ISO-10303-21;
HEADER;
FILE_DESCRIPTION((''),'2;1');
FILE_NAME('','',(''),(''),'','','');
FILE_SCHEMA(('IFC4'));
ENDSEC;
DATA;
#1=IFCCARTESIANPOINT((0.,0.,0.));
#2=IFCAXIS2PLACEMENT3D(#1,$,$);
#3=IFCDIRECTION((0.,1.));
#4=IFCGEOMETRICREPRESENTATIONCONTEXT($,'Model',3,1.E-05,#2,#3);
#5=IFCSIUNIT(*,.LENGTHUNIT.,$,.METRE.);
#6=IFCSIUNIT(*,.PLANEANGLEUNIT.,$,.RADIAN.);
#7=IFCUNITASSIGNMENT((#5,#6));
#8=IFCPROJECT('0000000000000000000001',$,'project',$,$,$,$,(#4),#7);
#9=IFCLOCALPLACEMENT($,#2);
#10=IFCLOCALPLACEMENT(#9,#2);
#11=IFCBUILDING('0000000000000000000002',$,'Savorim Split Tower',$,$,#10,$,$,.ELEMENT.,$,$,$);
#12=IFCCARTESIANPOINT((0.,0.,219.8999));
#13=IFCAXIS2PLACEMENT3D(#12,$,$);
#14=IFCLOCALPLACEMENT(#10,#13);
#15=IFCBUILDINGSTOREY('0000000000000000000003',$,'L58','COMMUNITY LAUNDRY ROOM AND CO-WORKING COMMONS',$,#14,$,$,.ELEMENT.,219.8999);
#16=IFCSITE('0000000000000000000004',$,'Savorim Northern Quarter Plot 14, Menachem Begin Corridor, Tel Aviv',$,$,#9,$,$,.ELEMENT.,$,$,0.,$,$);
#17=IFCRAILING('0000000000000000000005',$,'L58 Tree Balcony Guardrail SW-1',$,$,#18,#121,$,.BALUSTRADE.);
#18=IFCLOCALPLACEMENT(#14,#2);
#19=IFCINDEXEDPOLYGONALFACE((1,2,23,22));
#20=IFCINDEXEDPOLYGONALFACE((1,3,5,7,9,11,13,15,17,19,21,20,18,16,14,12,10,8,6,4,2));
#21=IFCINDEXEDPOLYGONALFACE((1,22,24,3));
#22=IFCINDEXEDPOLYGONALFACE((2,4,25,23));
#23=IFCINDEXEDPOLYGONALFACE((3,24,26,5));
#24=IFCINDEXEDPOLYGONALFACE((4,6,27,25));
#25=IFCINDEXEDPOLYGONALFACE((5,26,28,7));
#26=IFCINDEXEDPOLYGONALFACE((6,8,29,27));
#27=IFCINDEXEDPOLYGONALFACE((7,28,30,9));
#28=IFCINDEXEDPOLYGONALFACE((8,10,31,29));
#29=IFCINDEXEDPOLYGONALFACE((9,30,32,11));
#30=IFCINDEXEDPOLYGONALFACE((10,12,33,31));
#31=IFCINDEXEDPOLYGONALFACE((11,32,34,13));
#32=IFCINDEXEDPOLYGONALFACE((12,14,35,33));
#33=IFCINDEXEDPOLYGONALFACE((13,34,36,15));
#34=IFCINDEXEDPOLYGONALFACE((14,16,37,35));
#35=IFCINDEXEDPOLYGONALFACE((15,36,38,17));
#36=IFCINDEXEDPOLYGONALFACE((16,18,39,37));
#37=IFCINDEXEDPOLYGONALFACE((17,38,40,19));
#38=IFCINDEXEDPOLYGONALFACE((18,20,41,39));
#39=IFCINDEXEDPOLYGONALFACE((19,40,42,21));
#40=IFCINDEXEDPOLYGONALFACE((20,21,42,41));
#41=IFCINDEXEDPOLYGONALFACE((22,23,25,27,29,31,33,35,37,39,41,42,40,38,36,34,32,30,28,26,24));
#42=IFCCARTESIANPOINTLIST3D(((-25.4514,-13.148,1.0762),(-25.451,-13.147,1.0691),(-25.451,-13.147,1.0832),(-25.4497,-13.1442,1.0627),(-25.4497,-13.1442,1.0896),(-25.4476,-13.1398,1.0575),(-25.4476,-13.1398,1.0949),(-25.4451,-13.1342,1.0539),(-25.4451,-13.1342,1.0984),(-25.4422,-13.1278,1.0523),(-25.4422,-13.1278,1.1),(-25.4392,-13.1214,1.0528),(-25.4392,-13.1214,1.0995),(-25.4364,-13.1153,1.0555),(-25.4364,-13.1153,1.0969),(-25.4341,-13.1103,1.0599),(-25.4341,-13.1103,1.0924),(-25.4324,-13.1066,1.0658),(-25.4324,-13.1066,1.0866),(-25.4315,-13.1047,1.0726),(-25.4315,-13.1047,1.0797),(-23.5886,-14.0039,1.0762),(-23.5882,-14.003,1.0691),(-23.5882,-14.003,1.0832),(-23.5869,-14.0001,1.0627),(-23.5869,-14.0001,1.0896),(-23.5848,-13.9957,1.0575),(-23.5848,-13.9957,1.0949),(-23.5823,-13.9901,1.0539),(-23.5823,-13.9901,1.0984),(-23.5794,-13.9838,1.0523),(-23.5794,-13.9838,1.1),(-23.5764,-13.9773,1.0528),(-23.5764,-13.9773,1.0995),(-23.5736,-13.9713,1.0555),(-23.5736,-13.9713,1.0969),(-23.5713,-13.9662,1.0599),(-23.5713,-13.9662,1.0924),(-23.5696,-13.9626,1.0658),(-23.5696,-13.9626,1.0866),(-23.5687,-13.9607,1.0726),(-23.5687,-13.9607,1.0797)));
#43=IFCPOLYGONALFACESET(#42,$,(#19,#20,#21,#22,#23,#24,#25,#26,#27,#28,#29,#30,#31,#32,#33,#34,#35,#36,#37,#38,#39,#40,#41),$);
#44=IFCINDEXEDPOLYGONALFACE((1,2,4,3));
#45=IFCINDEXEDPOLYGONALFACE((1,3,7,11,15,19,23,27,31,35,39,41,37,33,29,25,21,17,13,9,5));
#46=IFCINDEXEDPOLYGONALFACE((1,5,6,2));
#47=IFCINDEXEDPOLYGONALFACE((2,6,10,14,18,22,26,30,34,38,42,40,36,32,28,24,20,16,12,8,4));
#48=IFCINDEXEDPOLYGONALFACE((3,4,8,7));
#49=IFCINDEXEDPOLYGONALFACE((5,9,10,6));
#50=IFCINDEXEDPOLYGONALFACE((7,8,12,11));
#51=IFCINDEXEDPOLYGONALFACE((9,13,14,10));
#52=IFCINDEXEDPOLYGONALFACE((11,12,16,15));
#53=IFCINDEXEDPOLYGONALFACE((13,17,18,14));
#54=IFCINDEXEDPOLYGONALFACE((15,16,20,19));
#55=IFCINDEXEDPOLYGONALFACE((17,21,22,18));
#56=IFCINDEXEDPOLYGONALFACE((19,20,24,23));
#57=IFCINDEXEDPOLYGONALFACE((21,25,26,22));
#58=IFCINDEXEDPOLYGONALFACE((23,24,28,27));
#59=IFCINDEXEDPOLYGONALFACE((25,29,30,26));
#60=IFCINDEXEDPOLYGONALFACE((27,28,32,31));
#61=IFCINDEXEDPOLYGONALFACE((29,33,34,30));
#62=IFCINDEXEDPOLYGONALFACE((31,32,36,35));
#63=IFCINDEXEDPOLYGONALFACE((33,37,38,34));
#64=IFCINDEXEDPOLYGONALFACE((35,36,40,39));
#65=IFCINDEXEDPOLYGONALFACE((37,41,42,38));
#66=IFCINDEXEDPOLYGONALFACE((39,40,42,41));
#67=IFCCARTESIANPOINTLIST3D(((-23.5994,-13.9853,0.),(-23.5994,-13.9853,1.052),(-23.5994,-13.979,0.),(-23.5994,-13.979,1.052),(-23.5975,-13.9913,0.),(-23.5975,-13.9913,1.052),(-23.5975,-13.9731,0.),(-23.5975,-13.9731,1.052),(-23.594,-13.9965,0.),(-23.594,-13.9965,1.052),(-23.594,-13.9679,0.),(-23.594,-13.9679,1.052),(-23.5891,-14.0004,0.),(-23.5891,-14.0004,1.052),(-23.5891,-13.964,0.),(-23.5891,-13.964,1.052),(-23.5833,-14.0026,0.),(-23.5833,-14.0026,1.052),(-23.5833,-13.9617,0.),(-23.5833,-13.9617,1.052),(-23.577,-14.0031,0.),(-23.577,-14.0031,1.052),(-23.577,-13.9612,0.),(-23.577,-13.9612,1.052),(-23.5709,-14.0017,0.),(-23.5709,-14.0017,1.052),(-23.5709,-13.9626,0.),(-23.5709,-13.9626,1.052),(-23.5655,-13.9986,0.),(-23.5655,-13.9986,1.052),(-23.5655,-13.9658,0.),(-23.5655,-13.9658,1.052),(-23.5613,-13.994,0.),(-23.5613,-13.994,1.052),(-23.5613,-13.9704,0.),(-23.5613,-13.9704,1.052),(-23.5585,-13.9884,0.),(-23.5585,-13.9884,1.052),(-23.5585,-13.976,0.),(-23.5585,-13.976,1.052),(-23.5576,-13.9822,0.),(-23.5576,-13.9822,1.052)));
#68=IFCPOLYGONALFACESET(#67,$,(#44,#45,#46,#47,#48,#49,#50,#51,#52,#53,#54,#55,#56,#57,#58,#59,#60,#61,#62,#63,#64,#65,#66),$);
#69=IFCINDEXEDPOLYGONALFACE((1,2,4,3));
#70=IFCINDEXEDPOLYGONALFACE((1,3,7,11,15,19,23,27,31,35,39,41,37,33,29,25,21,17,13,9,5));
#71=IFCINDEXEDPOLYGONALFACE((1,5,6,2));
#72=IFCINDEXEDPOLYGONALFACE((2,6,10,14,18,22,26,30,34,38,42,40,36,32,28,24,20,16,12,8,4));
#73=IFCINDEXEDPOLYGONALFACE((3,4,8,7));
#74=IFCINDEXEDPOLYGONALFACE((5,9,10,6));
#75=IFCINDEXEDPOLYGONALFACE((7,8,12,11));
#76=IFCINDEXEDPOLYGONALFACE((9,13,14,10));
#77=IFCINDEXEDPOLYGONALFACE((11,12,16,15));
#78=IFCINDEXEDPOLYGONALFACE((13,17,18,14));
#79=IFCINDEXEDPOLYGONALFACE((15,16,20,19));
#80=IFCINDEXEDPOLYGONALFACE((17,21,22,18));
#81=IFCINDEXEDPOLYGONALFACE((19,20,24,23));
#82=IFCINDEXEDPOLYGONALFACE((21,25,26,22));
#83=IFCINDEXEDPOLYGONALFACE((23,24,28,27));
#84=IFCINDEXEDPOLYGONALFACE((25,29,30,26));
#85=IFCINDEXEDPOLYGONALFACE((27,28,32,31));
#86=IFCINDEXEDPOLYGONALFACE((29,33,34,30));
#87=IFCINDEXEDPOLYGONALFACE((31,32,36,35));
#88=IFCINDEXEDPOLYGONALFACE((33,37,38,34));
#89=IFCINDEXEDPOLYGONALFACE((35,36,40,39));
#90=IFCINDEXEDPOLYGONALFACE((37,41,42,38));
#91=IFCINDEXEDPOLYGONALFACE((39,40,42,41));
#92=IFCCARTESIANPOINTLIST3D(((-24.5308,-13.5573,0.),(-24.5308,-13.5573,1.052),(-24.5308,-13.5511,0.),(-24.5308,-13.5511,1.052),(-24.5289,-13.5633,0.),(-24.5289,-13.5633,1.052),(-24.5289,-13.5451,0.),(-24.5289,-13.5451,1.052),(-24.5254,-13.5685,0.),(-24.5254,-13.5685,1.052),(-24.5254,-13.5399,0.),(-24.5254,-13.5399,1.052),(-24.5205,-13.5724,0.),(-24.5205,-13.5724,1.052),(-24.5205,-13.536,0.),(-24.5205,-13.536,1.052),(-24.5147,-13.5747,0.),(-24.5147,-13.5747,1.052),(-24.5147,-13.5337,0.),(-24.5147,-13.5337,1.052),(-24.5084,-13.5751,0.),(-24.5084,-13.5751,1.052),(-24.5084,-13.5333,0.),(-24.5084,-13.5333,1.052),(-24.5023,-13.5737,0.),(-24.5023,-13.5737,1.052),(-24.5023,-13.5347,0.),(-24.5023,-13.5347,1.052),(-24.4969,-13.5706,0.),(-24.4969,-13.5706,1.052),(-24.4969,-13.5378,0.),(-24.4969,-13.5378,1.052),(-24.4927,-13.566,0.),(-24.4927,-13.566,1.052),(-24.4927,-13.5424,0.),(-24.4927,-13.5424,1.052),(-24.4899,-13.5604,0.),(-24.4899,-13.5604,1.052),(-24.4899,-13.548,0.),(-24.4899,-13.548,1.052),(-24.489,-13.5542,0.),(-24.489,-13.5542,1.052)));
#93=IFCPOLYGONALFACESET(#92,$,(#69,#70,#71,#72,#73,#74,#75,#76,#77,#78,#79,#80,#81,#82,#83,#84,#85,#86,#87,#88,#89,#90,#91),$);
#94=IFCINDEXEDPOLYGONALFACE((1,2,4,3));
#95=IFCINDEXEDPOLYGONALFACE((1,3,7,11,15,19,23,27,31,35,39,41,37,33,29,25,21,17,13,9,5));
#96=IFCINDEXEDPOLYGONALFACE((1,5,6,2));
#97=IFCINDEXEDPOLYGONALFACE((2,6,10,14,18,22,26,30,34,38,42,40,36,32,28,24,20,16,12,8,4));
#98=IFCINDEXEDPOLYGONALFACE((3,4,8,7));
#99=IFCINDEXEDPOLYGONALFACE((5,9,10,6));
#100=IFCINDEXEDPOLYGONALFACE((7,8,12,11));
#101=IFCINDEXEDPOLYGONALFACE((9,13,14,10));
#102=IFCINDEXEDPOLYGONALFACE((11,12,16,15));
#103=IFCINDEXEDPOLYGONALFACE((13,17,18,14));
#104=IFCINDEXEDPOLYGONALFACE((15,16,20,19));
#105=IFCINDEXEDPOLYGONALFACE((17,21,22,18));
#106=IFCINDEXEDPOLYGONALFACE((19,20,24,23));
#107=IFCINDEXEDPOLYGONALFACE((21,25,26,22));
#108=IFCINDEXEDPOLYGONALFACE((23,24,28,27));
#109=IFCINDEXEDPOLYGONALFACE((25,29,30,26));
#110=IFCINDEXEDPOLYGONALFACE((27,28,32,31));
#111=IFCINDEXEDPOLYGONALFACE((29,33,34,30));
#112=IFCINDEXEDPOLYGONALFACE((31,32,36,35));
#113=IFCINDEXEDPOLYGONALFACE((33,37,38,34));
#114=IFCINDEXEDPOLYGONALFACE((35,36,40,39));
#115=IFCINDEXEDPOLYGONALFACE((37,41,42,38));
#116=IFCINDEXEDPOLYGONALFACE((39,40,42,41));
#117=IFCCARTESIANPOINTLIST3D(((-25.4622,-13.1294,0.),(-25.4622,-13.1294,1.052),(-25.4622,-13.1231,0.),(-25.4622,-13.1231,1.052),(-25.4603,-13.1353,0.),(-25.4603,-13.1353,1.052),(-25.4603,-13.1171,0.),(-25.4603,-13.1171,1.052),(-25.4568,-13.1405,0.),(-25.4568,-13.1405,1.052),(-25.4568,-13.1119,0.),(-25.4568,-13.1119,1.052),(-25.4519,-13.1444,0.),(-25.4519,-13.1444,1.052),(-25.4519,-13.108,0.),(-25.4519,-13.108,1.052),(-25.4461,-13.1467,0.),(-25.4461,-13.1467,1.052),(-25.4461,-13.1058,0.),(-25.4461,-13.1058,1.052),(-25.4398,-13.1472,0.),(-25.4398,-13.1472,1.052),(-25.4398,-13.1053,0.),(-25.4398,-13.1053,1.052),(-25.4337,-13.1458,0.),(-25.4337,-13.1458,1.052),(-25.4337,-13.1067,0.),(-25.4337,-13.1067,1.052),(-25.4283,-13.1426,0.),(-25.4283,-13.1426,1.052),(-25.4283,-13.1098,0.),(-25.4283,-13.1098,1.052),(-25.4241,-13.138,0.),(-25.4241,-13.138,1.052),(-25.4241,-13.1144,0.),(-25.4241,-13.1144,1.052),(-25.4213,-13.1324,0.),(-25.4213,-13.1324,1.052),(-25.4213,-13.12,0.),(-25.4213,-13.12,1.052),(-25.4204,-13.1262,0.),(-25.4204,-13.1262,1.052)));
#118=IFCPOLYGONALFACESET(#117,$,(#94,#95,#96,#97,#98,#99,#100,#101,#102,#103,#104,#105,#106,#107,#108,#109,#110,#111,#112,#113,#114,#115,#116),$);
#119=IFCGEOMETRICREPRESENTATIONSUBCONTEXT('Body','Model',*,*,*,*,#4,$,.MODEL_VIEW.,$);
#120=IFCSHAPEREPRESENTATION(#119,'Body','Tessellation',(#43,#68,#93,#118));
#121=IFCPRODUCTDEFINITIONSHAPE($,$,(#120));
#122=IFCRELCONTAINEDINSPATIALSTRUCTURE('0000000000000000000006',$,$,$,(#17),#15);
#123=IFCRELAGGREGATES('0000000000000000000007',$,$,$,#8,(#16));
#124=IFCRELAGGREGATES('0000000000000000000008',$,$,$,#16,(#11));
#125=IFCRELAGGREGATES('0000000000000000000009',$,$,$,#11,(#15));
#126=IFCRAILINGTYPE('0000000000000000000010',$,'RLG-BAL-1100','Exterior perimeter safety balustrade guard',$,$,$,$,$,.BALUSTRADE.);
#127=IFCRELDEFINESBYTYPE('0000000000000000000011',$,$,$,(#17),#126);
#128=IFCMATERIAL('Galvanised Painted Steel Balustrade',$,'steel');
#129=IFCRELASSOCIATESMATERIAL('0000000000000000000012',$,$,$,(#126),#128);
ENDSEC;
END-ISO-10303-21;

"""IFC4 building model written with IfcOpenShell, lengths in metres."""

from ifc_helpers import new_model, si_unit, direction, frame, origin, origin_2d, place, context, subcontext, project, spatial, circle, extrude, material, type_object, element, save


model = new_model("IFC4")

# Units and contexts
model_context = context("Model", 3, precision=1e-05, world=origin(), true_north=direction((0.0, 1.0)))
body_context = subcontext(model_context, "Body", "Model", "MODEL_VIEW")
ifc_project = project(units=[si_unit("LENGTHUNIT", "METRE"), si_unit("PLANEANGLEUNIT", "RADIAN")], contexts=[model_context])

# Site, building, storey
site_placement = place(None, origin())
site = spatial("IfcSite", under=ifc_project, at=site_placement, Name="Savorim Northern Quarter Plot 14, Menachem Begin Corridor, Tel Aviv", CompositionType="ELEMENT", RefElevation=0.0)
building_placement = place(site_placement, origin())
building = spatial("IfcBuilding", under=site, at=building_placement, Name="Savorim Split Tower", CompositionType="ELEMENT")
storey_placement = place(building_placement, frame((0.0, 0.0, 219.8999)))
storey = spatial("IfcBuildingStorey", under=building, at=storey_placement, Name="L58", Description="COMMUNITY LAUNDRY ROOM AND CO-WORKING COMMONS", CompositionType="ELEMENT", Elevation=219.8999)

# Railing
ifc_material_1 = material(Name="Galvanised Painted Steel Balustrade", Category="steel")
railing_type = type_object("IfcRailingType", Name="RLG-BAL-1100", Description="Exterior perimeter safety balustrade guard", PredefinedType="BALUSTRADE", material=ifc_material_1)
railing_1_placement = place(storey_placement, frame((-23.5786, -13.9822, 0.0)))
element("IfcRailing", 1, at=railing_1_placement, inside=storey, type_object=railing_type, Name="L58 Tree Balcony Guardrail SW-1", PredefinedType="BALUSTRADE", context=body_context, shape_type="SweptSolid", body=[
    extrude(circle(Radius=0.0239, at=origin_2d()), frame((0.0, 0.0, 1.0762), z_axis=(-0.908662, 0.417532, 0.0), x_axis=(-0.417532, -0.908662, 0.0)), (0.0, 0.0, 1.0), 2.05),
    extrude(circle(Radius=0.021, at=origin_2d()), origin(), (0.0, 0.0, 1.0), 1.052),
    extrude(circle(Radius=0.021, at=origin_2d()), frame((-0.9314, 0.428, 0.0)), (0.0, 0.0, 1.0), 1.052),
    extrude(circle(Radius=0.021, at=origin_2d()), frame((-1.8628, 0.856, 0.0)), (0.0, 0.0, 1.0), 1.052),
])

save(model, "model.ifc")
